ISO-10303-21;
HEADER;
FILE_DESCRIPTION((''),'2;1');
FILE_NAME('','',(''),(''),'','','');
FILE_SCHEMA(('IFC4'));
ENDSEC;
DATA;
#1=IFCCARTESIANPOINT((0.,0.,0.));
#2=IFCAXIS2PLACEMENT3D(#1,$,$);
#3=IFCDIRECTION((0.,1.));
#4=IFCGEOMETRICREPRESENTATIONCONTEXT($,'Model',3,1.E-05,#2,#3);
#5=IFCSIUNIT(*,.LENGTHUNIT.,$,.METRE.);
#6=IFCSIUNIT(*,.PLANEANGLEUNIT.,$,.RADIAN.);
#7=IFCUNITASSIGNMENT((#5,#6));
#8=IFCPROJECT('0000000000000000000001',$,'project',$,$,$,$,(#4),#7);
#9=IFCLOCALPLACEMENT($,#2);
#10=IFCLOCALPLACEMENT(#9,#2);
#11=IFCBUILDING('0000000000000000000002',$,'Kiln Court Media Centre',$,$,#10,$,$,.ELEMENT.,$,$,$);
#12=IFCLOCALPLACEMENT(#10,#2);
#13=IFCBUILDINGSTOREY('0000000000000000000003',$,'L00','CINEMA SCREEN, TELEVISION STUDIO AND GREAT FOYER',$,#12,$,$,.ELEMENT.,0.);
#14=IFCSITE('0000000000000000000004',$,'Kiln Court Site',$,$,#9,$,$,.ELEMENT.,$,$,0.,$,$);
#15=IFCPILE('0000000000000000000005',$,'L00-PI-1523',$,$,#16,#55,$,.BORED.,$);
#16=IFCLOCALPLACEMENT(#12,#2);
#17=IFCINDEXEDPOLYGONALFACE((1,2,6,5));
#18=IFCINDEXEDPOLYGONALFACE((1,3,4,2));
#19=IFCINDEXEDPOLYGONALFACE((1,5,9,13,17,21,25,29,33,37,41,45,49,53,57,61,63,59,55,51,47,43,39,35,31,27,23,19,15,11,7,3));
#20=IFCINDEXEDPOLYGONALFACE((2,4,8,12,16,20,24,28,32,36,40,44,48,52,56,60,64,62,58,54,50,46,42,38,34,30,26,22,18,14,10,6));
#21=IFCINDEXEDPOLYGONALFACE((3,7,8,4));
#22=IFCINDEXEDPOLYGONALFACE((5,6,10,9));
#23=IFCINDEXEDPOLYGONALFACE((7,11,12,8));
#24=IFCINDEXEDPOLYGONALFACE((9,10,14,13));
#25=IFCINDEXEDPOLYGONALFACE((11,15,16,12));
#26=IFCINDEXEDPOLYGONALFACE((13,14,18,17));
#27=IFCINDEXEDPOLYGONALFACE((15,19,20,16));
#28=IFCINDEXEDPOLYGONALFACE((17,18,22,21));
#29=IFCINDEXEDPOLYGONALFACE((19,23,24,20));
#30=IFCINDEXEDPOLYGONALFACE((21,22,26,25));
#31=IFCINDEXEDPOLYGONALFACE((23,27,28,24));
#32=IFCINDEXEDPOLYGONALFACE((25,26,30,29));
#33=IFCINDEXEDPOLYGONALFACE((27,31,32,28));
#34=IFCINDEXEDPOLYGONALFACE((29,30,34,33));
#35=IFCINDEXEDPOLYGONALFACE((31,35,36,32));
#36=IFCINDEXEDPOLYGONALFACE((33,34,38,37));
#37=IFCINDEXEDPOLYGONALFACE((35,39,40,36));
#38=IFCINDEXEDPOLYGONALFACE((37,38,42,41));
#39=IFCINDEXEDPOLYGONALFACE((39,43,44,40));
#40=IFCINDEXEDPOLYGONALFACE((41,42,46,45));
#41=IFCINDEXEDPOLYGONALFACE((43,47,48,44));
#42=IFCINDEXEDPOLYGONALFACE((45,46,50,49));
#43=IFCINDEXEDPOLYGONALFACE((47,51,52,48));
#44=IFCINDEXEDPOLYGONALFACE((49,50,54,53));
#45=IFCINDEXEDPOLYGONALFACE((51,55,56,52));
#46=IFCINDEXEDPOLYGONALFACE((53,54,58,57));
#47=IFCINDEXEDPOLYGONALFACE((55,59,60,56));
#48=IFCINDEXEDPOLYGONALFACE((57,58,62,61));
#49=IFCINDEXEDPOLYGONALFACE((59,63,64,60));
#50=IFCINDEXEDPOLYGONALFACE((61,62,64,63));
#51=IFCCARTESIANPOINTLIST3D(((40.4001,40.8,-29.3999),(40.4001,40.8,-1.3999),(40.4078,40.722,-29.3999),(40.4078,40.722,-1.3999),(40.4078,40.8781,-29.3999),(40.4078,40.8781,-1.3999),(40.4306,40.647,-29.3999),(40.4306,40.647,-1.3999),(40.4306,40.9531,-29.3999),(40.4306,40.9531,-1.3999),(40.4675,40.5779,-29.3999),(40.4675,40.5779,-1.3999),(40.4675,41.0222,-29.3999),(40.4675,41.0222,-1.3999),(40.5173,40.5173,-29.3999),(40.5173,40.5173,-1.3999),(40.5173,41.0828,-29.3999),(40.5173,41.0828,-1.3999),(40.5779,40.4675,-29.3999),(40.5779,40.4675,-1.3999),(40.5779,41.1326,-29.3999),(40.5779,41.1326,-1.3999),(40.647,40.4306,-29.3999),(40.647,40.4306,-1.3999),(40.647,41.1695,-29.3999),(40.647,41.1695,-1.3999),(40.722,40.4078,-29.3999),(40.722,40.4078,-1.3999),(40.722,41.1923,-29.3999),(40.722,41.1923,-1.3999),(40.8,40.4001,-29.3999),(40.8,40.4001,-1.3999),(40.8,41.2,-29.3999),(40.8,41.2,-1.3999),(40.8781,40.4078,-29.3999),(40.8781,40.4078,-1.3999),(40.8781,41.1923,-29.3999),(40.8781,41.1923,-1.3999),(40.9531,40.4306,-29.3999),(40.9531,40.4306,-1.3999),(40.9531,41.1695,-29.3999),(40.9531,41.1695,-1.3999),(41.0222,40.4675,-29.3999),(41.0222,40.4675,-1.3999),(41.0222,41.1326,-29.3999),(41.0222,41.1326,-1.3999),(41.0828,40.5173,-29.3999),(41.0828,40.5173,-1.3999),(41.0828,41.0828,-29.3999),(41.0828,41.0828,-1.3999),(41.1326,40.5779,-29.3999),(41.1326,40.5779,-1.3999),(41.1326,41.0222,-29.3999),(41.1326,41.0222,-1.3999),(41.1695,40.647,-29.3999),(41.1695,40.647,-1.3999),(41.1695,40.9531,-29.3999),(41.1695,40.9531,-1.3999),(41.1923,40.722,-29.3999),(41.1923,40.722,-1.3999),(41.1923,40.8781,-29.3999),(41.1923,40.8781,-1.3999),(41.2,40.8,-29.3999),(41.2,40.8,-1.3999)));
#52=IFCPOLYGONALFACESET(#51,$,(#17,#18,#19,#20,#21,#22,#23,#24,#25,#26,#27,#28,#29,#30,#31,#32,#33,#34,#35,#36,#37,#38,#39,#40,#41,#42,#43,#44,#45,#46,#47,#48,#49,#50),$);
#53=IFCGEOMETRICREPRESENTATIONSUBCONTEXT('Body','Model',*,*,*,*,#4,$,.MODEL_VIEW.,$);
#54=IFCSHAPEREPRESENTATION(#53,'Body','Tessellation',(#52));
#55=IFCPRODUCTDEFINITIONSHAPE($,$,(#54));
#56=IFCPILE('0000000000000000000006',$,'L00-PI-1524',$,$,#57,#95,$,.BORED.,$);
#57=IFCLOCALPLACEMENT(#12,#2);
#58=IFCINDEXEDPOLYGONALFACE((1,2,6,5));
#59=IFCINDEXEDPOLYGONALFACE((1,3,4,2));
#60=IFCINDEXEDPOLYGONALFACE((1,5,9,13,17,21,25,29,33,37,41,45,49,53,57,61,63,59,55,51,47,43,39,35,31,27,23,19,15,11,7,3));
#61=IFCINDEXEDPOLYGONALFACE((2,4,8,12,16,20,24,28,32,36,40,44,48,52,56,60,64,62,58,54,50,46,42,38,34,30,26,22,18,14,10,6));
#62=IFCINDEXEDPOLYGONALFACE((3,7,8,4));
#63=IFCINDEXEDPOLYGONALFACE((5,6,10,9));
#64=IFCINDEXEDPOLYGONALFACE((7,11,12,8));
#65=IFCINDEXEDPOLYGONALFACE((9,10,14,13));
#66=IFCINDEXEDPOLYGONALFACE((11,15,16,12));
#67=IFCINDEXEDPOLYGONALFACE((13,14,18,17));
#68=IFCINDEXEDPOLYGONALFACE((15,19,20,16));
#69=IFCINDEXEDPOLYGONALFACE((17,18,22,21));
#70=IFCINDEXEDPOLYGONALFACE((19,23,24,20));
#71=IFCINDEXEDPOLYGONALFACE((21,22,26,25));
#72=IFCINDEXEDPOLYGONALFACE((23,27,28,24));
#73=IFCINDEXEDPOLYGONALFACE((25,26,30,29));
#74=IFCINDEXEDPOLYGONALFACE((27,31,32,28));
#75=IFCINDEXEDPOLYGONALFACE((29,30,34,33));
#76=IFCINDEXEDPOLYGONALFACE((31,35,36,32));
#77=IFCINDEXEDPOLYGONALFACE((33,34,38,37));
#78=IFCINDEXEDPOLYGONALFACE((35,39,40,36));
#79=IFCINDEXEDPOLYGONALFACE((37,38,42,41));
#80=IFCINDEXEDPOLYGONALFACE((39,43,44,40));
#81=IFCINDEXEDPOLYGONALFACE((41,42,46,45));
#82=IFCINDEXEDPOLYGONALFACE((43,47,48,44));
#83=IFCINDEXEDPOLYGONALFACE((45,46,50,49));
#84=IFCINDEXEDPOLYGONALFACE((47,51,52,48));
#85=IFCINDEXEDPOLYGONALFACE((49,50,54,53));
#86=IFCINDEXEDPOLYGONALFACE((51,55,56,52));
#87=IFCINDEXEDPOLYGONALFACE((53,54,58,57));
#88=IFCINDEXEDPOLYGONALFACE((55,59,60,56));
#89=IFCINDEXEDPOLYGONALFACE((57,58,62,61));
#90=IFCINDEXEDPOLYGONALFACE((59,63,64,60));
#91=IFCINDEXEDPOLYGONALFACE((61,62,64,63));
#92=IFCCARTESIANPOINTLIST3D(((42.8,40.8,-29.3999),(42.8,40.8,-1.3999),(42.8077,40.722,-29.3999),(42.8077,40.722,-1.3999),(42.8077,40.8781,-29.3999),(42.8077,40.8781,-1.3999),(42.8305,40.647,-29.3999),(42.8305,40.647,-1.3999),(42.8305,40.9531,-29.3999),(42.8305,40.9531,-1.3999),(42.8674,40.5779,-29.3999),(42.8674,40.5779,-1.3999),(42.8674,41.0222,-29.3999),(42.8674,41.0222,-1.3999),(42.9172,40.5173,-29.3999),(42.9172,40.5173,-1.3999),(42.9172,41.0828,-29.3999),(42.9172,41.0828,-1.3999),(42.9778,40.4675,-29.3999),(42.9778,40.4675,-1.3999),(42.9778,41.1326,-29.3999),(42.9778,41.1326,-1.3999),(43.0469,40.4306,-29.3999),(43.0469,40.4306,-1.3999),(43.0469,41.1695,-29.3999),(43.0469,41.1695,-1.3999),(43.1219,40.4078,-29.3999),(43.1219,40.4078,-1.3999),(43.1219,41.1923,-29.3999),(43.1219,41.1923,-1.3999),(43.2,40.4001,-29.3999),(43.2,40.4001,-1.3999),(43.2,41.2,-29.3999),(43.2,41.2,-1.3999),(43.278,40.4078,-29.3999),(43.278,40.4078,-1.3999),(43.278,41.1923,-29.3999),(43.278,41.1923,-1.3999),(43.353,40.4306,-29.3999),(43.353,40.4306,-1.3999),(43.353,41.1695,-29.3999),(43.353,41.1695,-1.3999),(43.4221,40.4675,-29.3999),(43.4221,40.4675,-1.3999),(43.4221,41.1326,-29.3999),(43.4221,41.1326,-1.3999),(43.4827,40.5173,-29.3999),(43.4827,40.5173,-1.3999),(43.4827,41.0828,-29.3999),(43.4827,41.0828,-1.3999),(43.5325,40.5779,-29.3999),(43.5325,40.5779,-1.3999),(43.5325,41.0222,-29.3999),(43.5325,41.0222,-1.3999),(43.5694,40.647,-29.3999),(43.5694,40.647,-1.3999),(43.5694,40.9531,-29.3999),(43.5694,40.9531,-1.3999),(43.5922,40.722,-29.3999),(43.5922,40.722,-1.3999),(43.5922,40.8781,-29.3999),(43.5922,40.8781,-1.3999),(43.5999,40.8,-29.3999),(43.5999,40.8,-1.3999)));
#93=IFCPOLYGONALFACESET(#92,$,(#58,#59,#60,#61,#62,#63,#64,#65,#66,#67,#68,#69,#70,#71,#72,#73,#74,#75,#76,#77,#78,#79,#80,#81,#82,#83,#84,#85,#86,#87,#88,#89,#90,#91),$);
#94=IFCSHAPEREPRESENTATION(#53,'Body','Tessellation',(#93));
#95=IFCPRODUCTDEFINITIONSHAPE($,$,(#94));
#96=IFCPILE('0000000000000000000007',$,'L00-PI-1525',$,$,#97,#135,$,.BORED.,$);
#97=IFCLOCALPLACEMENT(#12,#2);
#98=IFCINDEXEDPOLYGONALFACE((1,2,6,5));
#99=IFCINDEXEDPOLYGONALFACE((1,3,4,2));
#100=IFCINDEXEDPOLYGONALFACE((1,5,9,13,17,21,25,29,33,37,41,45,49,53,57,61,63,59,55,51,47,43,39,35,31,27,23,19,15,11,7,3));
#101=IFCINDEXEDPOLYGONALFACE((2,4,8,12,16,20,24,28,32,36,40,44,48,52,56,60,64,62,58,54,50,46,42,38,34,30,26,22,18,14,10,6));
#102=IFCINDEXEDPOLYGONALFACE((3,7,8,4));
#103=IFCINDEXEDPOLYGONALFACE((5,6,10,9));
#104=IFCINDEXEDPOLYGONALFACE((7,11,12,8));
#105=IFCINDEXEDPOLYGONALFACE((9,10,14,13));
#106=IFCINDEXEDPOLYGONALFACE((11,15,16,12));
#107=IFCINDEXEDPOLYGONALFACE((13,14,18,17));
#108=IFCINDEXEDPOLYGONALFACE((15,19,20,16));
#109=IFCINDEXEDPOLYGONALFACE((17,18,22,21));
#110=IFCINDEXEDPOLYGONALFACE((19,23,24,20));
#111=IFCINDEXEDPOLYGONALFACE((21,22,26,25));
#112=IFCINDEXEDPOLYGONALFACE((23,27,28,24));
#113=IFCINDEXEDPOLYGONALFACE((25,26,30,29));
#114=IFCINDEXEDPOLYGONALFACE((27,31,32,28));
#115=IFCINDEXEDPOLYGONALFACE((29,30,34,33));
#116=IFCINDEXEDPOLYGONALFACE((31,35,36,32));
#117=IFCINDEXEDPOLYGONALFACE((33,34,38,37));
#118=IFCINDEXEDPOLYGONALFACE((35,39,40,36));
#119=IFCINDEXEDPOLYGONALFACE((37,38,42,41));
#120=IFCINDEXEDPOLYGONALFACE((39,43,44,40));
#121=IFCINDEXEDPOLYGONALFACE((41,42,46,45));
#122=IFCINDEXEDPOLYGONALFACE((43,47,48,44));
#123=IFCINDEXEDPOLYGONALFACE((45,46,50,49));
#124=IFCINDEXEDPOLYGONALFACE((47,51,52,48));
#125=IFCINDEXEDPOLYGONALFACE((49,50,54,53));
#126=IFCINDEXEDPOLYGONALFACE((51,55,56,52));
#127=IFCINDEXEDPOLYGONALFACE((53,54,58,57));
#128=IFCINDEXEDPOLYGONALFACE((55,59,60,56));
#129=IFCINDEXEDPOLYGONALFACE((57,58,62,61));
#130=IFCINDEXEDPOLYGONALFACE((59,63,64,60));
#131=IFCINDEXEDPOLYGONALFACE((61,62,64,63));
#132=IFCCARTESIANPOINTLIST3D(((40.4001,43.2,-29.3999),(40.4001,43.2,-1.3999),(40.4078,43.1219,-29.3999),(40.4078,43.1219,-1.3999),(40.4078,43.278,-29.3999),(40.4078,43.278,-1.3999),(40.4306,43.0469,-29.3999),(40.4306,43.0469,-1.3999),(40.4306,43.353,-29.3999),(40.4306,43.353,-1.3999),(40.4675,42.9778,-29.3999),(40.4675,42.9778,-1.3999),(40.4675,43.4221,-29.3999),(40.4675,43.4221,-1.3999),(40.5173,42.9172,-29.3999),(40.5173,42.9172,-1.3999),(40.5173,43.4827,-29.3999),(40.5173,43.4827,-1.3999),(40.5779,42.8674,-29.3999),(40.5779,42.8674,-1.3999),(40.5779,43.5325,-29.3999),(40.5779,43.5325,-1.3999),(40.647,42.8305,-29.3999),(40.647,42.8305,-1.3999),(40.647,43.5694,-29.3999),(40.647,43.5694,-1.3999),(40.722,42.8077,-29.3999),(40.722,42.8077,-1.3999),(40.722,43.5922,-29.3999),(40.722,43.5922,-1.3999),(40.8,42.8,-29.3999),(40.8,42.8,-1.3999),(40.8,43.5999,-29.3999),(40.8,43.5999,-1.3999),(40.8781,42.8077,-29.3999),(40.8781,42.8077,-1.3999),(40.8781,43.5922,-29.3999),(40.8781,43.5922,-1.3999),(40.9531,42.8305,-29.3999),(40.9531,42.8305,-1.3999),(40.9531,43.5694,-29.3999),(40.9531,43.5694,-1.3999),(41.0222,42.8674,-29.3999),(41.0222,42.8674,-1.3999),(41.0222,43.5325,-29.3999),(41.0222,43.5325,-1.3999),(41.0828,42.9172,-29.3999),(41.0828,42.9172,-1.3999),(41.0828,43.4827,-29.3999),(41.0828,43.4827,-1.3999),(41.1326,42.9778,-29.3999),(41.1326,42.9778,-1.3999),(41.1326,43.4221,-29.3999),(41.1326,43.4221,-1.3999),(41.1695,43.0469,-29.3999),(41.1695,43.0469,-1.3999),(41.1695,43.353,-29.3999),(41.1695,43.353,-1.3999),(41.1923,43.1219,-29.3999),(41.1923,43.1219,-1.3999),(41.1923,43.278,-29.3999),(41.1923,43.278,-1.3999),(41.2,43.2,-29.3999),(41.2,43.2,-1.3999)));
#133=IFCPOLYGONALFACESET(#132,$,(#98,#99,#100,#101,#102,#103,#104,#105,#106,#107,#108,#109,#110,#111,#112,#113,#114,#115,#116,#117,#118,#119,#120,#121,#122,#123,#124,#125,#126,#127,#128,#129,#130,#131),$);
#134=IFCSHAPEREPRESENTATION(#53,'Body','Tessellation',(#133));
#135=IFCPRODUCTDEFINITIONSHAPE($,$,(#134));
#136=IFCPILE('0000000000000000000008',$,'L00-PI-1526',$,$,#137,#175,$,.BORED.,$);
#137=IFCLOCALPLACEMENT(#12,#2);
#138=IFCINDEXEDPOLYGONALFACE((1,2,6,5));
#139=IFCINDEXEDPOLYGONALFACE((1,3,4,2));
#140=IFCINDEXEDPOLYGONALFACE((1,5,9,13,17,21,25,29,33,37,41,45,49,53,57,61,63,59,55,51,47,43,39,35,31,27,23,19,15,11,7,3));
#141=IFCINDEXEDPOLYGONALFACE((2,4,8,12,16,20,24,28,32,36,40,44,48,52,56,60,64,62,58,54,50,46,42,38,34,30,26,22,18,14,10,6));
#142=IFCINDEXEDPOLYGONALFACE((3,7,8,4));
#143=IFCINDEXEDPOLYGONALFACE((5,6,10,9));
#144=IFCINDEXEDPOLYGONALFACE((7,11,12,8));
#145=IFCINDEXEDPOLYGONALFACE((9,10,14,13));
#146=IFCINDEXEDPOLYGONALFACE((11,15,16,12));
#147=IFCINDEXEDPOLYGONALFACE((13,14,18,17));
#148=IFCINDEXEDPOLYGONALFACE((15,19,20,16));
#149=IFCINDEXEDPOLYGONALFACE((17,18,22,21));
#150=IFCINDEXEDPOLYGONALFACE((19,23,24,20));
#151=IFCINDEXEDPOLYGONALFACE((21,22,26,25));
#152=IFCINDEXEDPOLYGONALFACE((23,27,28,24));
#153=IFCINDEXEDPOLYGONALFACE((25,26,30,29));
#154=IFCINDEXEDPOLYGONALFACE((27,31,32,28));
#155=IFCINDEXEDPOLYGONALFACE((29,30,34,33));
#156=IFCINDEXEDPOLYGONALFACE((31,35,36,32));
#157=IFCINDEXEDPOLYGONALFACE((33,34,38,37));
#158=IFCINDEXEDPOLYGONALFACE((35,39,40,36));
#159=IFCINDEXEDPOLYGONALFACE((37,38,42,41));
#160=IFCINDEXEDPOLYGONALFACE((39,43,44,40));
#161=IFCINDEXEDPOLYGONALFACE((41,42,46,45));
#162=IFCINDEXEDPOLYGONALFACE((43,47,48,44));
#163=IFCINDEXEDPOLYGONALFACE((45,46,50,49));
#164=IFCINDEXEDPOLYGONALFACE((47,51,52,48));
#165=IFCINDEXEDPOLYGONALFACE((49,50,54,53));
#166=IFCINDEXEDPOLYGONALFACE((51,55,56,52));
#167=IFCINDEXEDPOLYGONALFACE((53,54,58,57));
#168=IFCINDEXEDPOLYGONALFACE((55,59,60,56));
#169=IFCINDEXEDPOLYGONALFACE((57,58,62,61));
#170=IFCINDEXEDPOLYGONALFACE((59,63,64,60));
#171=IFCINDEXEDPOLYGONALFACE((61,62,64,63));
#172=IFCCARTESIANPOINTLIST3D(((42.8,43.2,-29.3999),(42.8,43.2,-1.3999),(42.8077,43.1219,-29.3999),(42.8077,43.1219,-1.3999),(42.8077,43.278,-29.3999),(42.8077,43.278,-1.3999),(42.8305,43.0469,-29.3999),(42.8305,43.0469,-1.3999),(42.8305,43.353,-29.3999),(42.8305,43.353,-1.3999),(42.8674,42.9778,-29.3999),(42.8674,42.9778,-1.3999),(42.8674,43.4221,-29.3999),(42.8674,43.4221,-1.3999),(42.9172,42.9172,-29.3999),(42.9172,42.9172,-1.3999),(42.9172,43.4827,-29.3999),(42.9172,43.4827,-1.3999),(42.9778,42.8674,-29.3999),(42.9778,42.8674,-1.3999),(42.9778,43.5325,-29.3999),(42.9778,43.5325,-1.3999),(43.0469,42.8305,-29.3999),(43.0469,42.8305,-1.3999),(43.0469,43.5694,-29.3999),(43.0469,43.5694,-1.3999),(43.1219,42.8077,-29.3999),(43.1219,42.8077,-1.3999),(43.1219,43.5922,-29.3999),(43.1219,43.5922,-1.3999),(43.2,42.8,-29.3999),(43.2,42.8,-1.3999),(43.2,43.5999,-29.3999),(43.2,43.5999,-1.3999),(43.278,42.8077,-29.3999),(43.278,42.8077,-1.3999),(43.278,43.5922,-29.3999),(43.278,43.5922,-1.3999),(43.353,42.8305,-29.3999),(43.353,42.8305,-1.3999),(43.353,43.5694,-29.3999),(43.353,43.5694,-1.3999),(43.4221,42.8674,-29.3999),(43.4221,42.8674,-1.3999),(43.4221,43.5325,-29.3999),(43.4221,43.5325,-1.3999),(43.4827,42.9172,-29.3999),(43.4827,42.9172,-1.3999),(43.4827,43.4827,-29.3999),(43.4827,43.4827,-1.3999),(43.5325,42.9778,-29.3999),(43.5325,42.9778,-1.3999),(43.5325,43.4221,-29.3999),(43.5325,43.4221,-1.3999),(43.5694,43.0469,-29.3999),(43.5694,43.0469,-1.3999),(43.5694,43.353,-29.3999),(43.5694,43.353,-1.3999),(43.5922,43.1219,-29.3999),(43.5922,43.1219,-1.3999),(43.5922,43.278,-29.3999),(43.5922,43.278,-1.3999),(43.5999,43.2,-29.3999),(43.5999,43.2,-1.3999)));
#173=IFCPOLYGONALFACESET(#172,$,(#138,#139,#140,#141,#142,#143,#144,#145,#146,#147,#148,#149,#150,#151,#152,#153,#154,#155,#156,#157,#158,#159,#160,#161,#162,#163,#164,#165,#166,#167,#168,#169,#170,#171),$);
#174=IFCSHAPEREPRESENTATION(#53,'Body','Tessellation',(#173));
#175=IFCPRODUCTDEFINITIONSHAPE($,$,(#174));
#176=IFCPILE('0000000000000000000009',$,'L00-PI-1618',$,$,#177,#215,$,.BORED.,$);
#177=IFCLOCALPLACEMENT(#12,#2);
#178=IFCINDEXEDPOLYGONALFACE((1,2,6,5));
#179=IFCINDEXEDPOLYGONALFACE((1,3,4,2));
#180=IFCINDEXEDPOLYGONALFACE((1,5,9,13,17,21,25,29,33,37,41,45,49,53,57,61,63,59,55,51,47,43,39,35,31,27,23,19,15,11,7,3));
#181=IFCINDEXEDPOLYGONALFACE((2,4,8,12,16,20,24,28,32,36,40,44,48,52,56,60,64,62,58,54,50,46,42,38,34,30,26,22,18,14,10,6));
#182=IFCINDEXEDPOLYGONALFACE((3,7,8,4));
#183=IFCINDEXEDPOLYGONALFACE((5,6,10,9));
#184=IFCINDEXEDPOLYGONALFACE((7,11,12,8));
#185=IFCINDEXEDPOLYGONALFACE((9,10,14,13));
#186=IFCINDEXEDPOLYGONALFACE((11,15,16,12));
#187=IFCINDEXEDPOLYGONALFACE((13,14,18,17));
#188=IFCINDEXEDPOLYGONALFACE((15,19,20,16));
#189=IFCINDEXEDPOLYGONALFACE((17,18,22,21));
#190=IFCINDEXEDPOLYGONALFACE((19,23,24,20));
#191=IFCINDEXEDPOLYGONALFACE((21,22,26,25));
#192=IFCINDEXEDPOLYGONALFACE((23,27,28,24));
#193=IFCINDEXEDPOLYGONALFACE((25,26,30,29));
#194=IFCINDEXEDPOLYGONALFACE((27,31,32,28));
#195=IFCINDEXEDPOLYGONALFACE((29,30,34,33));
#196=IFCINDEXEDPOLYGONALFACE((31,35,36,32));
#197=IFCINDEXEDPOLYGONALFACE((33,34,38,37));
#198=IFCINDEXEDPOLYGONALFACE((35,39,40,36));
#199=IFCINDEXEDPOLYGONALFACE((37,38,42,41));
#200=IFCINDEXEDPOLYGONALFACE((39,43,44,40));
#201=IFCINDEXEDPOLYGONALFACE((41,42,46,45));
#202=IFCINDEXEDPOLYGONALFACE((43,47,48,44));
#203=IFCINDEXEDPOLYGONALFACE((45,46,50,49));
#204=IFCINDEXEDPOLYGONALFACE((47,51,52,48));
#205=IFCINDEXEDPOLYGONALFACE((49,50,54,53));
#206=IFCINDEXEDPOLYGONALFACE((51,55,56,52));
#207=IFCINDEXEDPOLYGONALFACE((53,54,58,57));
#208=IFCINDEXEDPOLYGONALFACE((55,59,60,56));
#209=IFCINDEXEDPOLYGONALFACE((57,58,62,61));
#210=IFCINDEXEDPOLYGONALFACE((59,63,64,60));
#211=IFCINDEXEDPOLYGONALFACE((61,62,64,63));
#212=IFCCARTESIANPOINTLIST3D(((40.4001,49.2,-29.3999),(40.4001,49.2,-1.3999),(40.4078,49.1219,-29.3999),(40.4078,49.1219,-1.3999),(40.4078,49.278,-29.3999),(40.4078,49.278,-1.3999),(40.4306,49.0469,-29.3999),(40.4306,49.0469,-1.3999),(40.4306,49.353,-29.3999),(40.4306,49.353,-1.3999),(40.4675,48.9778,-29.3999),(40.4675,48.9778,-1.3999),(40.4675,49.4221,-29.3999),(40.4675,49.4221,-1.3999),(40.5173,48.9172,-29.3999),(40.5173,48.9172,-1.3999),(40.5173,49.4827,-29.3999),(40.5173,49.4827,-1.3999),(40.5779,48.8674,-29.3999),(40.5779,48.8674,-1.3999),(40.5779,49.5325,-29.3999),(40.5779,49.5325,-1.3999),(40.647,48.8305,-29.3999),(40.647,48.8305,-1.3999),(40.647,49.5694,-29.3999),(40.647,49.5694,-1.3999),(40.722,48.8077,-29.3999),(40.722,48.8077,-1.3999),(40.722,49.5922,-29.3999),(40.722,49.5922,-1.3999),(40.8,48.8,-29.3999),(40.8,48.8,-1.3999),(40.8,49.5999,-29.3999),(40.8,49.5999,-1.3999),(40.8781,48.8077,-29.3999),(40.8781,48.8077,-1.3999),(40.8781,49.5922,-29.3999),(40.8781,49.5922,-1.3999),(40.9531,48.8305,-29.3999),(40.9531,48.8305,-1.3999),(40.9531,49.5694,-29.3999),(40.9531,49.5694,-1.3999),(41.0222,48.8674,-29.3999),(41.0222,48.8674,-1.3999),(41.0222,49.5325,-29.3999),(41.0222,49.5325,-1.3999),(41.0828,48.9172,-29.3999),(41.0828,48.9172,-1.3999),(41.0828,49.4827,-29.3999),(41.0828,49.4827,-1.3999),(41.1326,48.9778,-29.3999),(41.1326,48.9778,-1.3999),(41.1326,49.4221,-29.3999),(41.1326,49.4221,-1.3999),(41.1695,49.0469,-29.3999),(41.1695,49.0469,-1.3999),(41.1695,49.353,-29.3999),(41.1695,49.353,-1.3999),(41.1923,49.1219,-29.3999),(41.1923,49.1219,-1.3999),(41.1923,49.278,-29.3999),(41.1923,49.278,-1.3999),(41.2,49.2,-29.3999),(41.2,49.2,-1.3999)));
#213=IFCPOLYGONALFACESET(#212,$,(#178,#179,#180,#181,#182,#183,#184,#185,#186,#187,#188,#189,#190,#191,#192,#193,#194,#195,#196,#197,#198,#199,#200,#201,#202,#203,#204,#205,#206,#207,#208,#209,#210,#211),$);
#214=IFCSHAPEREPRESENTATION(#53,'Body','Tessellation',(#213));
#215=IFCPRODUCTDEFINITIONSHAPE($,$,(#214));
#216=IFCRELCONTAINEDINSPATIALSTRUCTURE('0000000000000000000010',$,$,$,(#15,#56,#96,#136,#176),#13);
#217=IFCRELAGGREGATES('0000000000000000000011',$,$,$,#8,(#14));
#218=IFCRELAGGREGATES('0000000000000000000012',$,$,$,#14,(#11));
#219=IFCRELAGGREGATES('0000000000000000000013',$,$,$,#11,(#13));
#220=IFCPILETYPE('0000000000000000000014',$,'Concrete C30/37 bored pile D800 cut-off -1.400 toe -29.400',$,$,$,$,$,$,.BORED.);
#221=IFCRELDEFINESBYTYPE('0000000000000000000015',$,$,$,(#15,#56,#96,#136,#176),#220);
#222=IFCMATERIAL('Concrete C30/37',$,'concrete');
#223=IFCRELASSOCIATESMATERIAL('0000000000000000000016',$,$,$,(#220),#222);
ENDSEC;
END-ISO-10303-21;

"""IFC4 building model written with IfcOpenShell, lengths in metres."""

from ifc_helpers import new_model, si_unit, direction, frame, origin, origin_2d, place, context, subcontext, project, spatial, circle, extrude, material, material_profile, profile_set, type_object, element, save


model = new_model("IFC4")

# Units and contexts
model_context = context("Model", 3, precision=1e-05, world=origin(), true_north=direction((0.0, 1.0)))
body_context = subcontext(model_context, "Body", "Model", "MODEL_VIEW")
ifc_project = project(units=[si_unit("LENGTHUNIT", "METRE"), si_unit("PLANEANGLEUNIT", "RADIAN")], contexts=[model_context])

# Site, building, storey
site_placement = place(None, origin())
site = spatial("IfcSite", under=ifc_project, at=site_placement, Name="Kiln Court Site", CompositionType="ELEMENT", RefElevation=0.0)
building_placement = place(site_placement, origin())
building = spatial("IfcBuilding", under=site, at=building_placement, Name="Kiln Court Media Centre", CompositionType="ELEMENT")
storey_placement = place(building_placement, origin())
storey = spatial("IfcBuildingStorey", under=building, at=storey_placement, Name="L00", Description="CINEMA SCREEN, TELEVISION STUDIO AND GREAT FOYER", CompositionType="ELEMENT", Elevation=0.0)

# Piles
ifc_material_1 = material(Name="Concrete C30/37", Category="concrete")
ifc_material_profile_1 = material_profile(ifc_material_1, circle(Radius=0.3999, at=origin_2d()), Name="PILE D800")
ifc_profile_set_1 = profile_set([ifc_material_profile_1], Name="Concrete C30/37")
pile_type_1 = type_object("IfcPileType", Name="Concrete C30/37 bored pile D800 cut-off -1.400 toe -29.400", PredefinedType="BORED", material=ifc_profile_set_1)
for number, where, z_axis, x_axis, name in (
    (1, (40.8, 40.8, -1.3999), (0.0, 0.0, -1.0), (1.0, 0.0, 0.0), "L00-PI-1523"),
    (2, (43.2, 40.8, -1.3999), (0.0, 0.0, -1.0), (1.0, 0.0, 0.0), "L00-PI-1524"),
    (3, (40.8, 43.2, -1.3999), (0.0, 0.0, -1.0), (1.0, 0.0, 0.0), "L00-PI-1525"),
    (4, (43.2, 43.2, -1.3999), (0.0, 0.0, -1.0), (1.0, 0.0, 0.0), "L00-PI-1526"),
    (5, (40.8, 49.2, -1.3999), (0.0, 0.0, -1.0), (1.0, 0.0, 0.0), "L00-PI-1618"),
):
    element("IfcPile", number, at=place(storey_placement, frame(where, z_axis=z_axis, x_axis=x_axis)), inside=storey, type_object=pile_type_1, Name=name, PredefinedType="BORED", context=body_context, shape_type="SweptSolid", body=[
        extrude(circle(Radius=0.3999, at=origin_2d()), origin(), (0.0, 0.0, 1.0), 28.0),
    ])

save(model, "model.ifc")
